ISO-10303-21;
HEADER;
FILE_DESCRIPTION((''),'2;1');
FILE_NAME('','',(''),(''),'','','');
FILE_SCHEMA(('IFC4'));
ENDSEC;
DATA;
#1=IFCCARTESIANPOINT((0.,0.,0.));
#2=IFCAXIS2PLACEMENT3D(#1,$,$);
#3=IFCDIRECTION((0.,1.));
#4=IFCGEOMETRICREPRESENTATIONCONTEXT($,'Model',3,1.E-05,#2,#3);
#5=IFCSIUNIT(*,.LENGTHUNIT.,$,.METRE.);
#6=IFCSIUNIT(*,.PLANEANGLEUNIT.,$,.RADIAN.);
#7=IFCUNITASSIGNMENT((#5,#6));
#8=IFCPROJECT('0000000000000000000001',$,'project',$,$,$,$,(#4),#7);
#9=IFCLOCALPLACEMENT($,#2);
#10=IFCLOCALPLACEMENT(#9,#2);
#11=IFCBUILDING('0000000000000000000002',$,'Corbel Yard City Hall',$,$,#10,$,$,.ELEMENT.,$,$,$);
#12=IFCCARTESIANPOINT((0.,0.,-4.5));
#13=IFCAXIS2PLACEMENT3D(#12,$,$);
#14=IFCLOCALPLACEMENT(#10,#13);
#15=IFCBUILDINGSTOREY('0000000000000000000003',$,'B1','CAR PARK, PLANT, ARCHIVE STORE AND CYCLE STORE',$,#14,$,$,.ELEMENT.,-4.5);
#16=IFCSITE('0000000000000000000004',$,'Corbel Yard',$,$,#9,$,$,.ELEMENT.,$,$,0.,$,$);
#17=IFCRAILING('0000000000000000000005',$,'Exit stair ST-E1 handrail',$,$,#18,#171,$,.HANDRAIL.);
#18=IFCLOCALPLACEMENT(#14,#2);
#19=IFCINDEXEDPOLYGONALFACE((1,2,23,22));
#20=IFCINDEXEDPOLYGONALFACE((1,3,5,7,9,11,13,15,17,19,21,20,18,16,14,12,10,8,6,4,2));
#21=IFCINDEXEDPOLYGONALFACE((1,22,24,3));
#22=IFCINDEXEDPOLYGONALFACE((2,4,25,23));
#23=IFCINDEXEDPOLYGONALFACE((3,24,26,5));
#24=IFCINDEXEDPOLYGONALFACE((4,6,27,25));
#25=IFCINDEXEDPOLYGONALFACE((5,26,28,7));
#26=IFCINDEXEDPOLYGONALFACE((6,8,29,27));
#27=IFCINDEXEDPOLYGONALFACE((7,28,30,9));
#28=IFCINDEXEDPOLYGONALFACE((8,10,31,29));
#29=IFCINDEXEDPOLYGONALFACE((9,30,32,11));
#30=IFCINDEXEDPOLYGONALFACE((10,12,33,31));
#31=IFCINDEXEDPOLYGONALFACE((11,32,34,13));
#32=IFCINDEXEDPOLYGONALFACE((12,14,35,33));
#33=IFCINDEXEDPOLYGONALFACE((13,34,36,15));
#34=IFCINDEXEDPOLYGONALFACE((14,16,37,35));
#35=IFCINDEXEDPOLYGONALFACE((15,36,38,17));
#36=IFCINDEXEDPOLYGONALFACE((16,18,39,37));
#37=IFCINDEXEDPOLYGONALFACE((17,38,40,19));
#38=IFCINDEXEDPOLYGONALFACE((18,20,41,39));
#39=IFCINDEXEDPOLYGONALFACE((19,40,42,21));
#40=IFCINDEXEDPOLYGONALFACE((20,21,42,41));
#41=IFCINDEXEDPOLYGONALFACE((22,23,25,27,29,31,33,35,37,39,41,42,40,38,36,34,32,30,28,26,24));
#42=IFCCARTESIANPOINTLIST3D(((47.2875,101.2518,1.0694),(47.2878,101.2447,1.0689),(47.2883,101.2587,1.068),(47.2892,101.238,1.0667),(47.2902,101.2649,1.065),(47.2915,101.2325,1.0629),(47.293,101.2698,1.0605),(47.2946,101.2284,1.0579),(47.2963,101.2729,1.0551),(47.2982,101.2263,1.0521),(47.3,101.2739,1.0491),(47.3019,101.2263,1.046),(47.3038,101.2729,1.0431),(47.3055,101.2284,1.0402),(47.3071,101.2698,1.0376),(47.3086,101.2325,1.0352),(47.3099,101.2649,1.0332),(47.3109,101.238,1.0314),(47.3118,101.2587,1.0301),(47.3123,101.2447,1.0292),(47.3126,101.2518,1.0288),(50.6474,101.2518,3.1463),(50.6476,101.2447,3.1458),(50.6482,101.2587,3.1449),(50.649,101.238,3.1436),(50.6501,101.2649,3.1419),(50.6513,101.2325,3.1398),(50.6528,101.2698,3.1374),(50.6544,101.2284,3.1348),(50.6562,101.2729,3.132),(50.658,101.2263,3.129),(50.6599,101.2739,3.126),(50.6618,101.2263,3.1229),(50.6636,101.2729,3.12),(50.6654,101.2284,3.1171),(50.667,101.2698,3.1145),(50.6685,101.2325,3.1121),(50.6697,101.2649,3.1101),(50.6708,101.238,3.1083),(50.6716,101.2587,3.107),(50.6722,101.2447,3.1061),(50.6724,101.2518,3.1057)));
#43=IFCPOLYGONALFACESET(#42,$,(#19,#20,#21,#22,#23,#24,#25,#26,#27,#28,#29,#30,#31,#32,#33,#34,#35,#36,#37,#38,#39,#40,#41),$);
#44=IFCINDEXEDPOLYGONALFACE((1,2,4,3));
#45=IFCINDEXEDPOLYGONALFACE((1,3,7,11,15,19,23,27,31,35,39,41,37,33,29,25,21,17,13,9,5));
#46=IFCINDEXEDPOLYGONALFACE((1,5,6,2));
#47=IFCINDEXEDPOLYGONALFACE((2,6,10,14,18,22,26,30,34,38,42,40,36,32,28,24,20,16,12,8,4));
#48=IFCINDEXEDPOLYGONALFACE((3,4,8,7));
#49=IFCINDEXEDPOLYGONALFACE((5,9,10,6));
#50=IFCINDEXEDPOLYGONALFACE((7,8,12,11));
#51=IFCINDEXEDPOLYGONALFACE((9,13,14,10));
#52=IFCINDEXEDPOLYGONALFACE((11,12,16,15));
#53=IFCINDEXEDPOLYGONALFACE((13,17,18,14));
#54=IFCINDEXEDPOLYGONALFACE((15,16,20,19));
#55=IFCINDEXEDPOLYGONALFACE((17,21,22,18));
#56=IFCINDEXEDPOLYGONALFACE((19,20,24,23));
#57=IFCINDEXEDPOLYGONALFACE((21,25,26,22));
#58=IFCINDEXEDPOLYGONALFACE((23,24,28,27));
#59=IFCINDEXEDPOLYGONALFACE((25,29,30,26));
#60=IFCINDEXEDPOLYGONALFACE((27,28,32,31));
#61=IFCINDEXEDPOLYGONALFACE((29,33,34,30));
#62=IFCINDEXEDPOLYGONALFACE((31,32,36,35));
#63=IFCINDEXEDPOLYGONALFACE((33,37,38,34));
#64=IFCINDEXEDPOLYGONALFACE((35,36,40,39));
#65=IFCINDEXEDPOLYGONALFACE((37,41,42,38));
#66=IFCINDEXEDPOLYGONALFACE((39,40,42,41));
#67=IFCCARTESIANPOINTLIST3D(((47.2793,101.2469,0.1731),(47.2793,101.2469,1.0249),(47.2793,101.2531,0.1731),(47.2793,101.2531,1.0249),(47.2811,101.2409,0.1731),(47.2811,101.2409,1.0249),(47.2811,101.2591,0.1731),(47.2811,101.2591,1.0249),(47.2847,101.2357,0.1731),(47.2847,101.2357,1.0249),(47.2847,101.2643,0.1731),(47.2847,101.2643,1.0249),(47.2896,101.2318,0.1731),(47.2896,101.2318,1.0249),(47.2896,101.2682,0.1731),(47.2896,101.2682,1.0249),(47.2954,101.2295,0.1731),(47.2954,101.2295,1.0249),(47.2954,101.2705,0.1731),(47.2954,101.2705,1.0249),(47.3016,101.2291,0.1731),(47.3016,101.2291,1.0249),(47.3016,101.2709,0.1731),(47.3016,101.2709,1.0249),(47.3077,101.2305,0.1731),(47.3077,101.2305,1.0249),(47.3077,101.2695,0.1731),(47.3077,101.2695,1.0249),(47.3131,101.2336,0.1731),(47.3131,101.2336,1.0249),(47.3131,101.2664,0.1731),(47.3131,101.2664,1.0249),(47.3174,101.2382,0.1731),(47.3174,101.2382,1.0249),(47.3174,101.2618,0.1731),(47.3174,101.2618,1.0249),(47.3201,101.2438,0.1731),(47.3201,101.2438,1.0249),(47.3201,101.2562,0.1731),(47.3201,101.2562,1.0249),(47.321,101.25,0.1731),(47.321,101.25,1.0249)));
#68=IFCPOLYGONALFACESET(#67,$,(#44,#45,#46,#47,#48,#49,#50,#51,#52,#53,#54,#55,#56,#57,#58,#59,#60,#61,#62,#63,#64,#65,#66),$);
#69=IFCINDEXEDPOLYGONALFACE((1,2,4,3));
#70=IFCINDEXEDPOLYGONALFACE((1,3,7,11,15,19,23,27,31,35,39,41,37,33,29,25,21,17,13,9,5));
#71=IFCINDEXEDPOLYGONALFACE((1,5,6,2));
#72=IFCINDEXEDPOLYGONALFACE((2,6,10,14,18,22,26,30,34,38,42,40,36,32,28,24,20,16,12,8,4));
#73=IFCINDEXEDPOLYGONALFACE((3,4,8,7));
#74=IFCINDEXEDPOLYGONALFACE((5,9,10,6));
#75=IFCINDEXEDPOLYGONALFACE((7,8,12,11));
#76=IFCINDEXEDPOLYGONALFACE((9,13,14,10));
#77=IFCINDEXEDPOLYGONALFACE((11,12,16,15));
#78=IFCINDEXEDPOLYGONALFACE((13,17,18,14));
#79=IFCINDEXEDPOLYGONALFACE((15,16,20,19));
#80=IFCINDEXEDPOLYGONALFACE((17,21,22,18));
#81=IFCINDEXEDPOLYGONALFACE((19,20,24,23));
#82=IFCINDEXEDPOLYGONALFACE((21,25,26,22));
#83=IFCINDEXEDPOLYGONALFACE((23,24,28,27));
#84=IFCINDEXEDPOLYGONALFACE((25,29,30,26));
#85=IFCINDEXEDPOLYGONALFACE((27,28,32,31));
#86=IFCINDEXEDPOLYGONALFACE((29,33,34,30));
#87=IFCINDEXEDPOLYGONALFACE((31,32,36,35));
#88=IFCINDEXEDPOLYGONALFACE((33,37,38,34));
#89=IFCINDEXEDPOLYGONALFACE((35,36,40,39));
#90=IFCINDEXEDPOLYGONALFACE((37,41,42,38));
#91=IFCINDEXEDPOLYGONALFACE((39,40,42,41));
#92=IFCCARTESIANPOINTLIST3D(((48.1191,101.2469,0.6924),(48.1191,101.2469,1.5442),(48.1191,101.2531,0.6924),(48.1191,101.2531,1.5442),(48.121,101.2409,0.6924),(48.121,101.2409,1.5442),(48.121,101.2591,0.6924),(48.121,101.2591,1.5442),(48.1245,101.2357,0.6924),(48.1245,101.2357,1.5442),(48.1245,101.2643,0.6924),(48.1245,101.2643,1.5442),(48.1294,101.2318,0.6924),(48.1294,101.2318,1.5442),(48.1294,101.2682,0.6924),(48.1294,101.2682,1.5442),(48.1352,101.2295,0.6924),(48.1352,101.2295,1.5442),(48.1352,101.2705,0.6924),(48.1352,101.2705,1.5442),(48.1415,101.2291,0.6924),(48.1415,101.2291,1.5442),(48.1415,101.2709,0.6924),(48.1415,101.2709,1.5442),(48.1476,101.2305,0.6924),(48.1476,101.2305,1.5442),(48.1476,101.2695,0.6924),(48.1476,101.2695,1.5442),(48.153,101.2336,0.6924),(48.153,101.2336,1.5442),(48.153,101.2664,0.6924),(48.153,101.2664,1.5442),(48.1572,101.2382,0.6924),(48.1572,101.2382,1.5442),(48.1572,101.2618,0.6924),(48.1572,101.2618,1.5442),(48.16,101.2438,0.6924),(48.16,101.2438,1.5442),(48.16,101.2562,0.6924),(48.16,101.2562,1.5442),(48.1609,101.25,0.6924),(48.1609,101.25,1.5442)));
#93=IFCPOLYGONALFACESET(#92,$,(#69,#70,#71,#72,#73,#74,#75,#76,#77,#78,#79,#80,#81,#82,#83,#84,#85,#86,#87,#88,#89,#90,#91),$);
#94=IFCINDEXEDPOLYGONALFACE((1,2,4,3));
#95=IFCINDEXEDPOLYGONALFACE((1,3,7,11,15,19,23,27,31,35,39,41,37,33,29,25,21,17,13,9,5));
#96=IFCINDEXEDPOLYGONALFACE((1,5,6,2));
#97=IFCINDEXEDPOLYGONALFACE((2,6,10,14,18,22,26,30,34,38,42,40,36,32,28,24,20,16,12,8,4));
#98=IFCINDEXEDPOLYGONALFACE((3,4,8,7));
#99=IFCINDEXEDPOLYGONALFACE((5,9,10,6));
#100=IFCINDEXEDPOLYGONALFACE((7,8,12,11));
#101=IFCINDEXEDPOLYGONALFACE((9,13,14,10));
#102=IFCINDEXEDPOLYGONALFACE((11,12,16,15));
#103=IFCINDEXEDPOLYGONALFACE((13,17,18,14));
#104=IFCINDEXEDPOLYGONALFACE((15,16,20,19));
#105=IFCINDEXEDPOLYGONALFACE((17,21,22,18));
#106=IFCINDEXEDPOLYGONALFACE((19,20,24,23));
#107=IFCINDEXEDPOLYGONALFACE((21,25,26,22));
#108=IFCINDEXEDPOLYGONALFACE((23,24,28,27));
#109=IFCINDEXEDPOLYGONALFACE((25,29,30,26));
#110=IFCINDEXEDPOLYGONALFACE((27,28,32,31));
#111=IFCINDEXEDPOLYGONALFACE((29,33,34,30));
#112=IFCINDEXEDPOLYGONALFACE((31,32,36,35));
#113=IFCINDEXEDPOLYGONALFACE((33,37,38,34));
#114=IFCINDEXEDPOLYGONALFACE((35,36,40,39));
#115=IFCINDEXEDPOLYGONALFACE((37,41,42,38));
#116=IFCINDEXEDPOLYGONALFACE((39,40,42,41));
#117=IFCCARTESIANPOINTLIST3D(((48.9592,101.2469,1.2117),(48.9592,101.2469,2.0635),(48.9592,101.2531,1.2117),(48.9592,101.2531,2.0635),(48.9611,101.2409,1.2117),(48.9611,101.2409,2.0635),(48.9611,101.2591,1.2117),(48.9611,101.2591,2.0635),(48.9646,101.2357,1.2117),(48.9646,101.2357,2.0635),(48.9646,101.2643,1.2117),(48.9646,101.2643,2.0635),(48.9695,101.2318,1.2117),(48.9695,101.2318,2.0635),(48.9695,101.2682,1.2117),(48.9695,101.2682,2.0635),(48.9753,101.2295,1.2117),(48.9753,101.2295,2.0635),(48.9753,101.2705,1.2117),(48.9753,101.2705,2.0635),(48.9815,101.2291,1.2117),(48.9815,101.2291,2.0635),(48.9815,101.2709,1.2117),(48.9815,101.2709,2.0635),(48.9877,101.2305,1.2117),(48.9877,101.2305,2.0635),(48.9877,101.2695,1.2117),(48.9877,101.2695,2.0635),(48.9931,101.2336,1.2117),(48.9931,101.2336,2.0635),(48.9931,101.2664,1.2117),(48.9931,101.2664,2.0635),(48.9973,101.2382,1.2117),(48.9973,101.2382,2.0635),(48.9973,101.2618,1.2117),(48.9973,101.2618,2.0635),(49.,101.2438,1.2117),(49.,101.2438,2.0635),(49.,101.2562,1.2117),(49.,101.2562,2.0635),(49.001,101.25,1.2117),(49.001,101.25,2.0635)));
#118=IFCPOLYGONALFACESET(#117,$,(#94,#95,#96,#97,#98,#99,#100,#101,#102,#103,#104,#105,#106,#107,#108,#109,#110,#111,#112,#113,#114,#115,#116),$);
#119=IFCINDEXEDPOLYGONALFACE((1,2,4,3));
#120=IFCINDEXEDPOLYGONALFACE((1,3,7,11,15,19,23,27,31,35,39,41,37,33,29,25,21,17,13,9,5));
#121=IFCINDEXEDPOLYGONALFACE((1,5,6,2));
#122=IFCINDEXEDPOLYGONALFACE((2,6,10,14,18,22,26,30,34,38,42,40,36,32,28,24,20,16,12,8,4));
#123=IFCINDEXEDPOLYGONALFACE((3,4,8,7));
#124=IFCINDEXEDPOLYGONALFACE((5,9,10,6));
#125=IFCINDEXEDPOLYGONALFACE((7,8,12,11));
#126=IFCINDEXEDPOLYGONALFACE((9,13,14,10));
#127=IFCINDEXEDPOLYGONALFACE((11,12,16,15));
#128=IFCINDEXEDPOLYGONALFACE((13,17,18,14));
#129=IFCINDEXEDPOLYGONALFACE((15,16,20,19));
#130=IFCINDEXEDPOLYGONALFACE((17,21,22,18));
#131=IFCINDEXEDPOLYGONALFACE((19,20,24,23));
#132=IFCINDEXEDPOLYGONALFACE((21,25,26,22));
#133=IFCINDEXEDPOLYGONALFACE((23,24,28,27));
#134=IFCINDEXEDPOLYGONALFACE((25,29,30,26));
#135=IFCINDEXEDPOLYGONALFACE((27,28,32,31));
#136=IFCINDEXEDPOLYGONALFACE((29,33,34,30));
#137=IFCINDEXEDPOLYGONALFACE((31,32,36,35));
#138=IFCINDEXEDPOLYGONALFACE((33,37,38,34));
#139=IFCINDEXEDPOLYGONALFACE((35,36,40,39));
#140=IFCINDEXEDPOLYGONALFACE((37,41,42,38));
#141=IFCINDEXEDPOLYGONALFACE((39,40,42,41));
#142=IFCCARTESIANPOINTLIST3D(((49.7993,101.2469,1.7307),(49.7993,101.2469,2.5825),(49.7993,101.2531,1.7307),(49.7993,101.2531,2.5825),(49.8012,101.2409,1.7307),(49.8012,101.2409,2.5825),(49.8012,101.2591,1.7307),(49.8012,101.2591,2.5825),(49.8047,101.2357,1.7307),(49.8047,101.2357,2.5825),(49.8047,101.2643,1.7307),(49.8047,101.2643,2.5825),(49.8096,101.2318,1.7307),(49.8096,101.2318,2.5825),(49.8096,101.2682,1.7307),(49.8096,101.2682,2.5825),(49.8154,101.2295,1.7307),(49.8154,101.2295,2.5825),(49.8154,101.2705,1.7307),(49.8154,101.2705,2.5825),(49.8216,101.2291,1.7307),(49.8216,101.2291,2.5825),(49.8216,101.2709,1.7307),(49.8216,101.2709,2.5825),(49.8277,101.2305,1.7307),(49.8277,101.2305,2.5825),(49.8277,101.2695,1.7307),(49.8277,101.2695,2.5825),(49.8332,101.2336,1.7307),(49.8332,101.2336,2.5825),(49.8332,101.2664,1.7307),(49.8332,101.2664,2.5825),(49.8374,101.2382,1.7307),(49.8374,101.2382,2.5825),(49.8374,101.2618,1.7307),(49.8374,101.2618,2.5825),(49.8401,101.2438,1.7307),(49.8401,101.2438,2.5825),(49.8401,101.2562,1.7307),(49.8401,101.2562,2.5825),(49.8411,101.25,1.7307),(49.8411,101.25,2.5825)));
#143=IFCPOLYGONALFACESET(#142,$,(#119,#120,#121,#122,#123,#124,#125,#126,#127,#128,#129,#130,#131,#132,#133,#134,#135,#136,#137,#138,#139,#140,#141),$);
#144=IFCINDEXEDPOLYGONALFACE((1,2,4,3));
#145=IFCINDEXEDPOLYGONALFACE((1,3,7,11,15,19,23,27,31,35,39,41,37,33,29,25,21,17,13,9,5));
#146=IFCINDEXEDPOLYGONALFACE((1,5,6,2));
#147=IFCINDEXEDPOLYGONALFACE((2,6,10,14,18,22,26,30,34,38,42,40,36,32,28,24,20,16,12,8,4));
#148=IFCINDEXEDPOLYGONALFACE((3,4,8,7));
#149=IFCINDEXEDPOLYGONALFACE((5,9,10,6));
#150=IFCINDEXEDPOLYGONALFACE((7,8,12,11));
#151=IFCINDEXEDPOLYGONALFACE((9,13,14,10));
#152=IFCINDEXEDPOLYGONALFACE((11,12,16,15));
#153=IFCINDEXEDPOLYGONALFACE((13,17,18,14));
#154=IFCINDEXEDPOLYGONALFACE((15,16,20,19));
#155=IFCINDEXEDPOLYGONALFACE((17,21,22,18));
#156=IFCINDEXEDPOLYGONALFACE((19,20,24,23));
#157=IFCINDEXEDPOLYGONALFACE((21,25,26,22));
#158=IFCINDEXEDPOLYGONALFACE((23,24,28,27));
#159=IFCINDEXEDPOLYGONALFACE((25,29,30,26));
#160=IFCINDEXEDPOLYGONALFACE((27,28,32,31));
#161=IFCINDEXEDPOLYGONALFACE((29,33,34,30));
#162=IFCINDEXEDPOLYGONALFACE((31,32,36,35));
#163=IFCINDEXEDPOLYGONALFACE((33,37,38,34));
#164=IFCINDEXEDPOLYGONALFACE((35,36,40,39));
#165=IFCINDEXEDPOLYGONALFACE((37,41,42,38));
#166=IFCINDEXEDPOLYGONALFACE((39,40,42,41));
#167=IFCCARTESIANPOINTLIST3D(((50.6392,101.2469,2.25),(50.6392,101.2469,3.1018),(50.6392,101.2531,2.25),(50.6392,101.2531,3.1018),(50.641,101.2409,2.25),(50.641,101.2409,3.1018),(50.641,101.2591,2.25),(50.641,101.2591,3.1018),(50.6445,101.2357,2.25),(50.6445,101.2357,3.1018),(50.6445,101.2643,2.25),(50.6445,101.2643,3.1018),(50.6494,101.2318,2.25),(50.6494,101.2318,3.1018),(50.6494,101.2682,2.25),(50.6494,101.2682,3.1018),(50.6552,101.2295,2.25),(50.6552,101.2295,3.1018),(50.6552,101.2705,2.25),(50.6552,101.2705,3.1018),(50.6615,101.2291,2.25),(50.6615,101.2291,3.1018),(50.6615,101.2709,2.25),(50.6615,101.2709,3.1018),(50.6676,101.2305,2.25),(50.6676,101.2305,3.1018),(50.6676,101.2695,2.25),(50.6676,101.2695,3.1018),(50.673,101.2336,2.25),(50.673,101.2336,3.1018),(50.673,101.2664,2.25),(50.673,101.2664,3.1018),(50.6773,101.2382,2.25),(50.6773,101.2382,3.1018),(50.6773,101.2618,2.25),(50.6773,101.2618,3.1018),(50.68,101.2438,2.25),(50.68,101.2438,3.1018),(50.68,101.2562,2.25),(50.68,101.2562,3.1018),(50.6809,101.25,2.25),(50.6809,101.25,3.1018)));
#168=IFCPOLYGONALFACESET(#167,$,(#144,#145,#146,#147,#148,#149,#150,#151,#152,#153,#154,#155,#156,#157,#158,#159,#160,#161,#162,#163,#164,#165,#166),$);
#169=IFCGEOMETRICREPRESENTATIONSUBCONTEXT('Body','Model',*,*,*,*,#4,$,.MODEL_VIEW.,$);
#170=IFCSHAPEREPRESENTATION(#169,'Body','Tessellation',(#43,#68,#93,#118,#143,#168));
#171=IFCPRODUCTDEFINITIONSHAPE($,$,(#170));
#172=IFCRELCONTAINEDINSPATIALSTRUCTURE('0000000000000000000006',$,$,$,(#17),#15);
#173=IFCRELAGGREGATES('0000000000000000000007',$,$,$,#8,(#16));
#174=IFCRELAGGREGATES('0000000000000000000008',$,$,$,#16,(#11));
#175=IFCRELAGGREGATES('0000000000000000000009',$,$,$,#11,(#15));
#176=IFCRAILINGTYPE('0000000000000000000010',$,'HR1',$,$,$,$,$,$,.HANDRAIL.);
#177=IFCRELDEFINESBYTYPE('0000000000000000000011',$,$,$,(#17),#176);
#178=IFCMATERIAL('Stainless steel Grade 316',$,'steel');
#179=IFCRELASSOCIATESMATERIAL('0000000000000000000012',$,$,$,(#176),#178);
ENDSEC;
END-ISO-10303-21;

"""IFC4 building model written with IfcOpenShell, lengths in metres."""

from ifc_helpers import new_model, si_unit, direction, frame, origin, origin_2d, place, context, subcontext, project, spatial, circle, extrude, material, type_object, element, save


model = new_model("IFC4")

# Units and contexts
model_context = context("Model", 3, precision=1e-05, world=origin(), true_north=direction((0.0, 1.0)))
body_context = subcontext(model_context, "Body", "Model", "MODEL_VIEW")
ifc_project = project(units=[si_unit("LENGTHUNIT", "METRE"), si_unit("PLANEANGLEUNIT", "RADIAN")], contexts=[model_context])

# Site, building, storey
site_placement = place(None, origin())
site = spatial("IfcSite", under=ifc_project, at=site_placement, Name="Corbel Yard", CompositionType="ELEMENT", RefElevation=0.0)
building_placement = place(site_placement, origin())
building = spatial("IfcBuilding", under=site, at=building_placement, Name="Corbel Yard City Hall", CompositionType="ELEMENT")
storey_placement = place(building_placement, frame((0.0, 0.0, -4.5)))
storey = spatial("IfcBuildingStorey", under=building, at=storey_placement, Name="B1", Description="CAR PARK, PLANT, ARCHIVE STORE AND CYCLE STORE", CompositionType="ELEMENT", Elevation=-4.5)

# Railing
ifc_material_1 = material(Name="Stainless steel Grade 316", Category="steel")
railing_type = type_object("IfcRailingType", Name="HR1", PredefinedType="HANDRAIL", material=ifc_material_1)
for number, where, name in (
    (1, (47.3, 101.25, 0.1731), "Exit stair ST-E1 handrail"),
):
    element("IfcRailing", number, at=place(storey_placement, frame(where)), inside=storey, type_object=railing_type, Name=name, PredefinedType="HANDRAIL", context=body_context, shape_type="SweptSolid", body=[
        extrude(circle(Radius=0.0239, at=origin_2d()), frame((0.0, 0.0, 0.876), z_axis=(0.850606, 0.0, 0.525803), x_axis=(0.0, 1.0, 0.0)), (0.0, 0.0, 1.0), 3.95),
        extrude(circle(Radius=0.021, at=origin_2d()), origin(), (0.0, 0.0, 1.0), 0.8518),
        extrude(circle(Radius=0.021, at=origin_2d()), frame((0.8398, 0.0, 0.5193)), (0.0, 0.0, 1.0), 0.8518),
        extrude(circle(Radius=0.021, at=origin_2d()), frame((1.6799, 0.0, 1.0386)), (0.0, 0.0, 1.0), 0.8518),
        extrude(circle(Radius=0.021, at=origin_2d()), frame((2.52, 0.0, 1.5576)), (0.0, 0.0, 1.0), 0.8518),
        extrude(circle(Radius=0.021, at=origin_2d()), frame((3.3599, 0.0, 2.0769)), (0.0, 0.0, 1.0), 0.8518),
    ])

save(model, "model.ifc")
